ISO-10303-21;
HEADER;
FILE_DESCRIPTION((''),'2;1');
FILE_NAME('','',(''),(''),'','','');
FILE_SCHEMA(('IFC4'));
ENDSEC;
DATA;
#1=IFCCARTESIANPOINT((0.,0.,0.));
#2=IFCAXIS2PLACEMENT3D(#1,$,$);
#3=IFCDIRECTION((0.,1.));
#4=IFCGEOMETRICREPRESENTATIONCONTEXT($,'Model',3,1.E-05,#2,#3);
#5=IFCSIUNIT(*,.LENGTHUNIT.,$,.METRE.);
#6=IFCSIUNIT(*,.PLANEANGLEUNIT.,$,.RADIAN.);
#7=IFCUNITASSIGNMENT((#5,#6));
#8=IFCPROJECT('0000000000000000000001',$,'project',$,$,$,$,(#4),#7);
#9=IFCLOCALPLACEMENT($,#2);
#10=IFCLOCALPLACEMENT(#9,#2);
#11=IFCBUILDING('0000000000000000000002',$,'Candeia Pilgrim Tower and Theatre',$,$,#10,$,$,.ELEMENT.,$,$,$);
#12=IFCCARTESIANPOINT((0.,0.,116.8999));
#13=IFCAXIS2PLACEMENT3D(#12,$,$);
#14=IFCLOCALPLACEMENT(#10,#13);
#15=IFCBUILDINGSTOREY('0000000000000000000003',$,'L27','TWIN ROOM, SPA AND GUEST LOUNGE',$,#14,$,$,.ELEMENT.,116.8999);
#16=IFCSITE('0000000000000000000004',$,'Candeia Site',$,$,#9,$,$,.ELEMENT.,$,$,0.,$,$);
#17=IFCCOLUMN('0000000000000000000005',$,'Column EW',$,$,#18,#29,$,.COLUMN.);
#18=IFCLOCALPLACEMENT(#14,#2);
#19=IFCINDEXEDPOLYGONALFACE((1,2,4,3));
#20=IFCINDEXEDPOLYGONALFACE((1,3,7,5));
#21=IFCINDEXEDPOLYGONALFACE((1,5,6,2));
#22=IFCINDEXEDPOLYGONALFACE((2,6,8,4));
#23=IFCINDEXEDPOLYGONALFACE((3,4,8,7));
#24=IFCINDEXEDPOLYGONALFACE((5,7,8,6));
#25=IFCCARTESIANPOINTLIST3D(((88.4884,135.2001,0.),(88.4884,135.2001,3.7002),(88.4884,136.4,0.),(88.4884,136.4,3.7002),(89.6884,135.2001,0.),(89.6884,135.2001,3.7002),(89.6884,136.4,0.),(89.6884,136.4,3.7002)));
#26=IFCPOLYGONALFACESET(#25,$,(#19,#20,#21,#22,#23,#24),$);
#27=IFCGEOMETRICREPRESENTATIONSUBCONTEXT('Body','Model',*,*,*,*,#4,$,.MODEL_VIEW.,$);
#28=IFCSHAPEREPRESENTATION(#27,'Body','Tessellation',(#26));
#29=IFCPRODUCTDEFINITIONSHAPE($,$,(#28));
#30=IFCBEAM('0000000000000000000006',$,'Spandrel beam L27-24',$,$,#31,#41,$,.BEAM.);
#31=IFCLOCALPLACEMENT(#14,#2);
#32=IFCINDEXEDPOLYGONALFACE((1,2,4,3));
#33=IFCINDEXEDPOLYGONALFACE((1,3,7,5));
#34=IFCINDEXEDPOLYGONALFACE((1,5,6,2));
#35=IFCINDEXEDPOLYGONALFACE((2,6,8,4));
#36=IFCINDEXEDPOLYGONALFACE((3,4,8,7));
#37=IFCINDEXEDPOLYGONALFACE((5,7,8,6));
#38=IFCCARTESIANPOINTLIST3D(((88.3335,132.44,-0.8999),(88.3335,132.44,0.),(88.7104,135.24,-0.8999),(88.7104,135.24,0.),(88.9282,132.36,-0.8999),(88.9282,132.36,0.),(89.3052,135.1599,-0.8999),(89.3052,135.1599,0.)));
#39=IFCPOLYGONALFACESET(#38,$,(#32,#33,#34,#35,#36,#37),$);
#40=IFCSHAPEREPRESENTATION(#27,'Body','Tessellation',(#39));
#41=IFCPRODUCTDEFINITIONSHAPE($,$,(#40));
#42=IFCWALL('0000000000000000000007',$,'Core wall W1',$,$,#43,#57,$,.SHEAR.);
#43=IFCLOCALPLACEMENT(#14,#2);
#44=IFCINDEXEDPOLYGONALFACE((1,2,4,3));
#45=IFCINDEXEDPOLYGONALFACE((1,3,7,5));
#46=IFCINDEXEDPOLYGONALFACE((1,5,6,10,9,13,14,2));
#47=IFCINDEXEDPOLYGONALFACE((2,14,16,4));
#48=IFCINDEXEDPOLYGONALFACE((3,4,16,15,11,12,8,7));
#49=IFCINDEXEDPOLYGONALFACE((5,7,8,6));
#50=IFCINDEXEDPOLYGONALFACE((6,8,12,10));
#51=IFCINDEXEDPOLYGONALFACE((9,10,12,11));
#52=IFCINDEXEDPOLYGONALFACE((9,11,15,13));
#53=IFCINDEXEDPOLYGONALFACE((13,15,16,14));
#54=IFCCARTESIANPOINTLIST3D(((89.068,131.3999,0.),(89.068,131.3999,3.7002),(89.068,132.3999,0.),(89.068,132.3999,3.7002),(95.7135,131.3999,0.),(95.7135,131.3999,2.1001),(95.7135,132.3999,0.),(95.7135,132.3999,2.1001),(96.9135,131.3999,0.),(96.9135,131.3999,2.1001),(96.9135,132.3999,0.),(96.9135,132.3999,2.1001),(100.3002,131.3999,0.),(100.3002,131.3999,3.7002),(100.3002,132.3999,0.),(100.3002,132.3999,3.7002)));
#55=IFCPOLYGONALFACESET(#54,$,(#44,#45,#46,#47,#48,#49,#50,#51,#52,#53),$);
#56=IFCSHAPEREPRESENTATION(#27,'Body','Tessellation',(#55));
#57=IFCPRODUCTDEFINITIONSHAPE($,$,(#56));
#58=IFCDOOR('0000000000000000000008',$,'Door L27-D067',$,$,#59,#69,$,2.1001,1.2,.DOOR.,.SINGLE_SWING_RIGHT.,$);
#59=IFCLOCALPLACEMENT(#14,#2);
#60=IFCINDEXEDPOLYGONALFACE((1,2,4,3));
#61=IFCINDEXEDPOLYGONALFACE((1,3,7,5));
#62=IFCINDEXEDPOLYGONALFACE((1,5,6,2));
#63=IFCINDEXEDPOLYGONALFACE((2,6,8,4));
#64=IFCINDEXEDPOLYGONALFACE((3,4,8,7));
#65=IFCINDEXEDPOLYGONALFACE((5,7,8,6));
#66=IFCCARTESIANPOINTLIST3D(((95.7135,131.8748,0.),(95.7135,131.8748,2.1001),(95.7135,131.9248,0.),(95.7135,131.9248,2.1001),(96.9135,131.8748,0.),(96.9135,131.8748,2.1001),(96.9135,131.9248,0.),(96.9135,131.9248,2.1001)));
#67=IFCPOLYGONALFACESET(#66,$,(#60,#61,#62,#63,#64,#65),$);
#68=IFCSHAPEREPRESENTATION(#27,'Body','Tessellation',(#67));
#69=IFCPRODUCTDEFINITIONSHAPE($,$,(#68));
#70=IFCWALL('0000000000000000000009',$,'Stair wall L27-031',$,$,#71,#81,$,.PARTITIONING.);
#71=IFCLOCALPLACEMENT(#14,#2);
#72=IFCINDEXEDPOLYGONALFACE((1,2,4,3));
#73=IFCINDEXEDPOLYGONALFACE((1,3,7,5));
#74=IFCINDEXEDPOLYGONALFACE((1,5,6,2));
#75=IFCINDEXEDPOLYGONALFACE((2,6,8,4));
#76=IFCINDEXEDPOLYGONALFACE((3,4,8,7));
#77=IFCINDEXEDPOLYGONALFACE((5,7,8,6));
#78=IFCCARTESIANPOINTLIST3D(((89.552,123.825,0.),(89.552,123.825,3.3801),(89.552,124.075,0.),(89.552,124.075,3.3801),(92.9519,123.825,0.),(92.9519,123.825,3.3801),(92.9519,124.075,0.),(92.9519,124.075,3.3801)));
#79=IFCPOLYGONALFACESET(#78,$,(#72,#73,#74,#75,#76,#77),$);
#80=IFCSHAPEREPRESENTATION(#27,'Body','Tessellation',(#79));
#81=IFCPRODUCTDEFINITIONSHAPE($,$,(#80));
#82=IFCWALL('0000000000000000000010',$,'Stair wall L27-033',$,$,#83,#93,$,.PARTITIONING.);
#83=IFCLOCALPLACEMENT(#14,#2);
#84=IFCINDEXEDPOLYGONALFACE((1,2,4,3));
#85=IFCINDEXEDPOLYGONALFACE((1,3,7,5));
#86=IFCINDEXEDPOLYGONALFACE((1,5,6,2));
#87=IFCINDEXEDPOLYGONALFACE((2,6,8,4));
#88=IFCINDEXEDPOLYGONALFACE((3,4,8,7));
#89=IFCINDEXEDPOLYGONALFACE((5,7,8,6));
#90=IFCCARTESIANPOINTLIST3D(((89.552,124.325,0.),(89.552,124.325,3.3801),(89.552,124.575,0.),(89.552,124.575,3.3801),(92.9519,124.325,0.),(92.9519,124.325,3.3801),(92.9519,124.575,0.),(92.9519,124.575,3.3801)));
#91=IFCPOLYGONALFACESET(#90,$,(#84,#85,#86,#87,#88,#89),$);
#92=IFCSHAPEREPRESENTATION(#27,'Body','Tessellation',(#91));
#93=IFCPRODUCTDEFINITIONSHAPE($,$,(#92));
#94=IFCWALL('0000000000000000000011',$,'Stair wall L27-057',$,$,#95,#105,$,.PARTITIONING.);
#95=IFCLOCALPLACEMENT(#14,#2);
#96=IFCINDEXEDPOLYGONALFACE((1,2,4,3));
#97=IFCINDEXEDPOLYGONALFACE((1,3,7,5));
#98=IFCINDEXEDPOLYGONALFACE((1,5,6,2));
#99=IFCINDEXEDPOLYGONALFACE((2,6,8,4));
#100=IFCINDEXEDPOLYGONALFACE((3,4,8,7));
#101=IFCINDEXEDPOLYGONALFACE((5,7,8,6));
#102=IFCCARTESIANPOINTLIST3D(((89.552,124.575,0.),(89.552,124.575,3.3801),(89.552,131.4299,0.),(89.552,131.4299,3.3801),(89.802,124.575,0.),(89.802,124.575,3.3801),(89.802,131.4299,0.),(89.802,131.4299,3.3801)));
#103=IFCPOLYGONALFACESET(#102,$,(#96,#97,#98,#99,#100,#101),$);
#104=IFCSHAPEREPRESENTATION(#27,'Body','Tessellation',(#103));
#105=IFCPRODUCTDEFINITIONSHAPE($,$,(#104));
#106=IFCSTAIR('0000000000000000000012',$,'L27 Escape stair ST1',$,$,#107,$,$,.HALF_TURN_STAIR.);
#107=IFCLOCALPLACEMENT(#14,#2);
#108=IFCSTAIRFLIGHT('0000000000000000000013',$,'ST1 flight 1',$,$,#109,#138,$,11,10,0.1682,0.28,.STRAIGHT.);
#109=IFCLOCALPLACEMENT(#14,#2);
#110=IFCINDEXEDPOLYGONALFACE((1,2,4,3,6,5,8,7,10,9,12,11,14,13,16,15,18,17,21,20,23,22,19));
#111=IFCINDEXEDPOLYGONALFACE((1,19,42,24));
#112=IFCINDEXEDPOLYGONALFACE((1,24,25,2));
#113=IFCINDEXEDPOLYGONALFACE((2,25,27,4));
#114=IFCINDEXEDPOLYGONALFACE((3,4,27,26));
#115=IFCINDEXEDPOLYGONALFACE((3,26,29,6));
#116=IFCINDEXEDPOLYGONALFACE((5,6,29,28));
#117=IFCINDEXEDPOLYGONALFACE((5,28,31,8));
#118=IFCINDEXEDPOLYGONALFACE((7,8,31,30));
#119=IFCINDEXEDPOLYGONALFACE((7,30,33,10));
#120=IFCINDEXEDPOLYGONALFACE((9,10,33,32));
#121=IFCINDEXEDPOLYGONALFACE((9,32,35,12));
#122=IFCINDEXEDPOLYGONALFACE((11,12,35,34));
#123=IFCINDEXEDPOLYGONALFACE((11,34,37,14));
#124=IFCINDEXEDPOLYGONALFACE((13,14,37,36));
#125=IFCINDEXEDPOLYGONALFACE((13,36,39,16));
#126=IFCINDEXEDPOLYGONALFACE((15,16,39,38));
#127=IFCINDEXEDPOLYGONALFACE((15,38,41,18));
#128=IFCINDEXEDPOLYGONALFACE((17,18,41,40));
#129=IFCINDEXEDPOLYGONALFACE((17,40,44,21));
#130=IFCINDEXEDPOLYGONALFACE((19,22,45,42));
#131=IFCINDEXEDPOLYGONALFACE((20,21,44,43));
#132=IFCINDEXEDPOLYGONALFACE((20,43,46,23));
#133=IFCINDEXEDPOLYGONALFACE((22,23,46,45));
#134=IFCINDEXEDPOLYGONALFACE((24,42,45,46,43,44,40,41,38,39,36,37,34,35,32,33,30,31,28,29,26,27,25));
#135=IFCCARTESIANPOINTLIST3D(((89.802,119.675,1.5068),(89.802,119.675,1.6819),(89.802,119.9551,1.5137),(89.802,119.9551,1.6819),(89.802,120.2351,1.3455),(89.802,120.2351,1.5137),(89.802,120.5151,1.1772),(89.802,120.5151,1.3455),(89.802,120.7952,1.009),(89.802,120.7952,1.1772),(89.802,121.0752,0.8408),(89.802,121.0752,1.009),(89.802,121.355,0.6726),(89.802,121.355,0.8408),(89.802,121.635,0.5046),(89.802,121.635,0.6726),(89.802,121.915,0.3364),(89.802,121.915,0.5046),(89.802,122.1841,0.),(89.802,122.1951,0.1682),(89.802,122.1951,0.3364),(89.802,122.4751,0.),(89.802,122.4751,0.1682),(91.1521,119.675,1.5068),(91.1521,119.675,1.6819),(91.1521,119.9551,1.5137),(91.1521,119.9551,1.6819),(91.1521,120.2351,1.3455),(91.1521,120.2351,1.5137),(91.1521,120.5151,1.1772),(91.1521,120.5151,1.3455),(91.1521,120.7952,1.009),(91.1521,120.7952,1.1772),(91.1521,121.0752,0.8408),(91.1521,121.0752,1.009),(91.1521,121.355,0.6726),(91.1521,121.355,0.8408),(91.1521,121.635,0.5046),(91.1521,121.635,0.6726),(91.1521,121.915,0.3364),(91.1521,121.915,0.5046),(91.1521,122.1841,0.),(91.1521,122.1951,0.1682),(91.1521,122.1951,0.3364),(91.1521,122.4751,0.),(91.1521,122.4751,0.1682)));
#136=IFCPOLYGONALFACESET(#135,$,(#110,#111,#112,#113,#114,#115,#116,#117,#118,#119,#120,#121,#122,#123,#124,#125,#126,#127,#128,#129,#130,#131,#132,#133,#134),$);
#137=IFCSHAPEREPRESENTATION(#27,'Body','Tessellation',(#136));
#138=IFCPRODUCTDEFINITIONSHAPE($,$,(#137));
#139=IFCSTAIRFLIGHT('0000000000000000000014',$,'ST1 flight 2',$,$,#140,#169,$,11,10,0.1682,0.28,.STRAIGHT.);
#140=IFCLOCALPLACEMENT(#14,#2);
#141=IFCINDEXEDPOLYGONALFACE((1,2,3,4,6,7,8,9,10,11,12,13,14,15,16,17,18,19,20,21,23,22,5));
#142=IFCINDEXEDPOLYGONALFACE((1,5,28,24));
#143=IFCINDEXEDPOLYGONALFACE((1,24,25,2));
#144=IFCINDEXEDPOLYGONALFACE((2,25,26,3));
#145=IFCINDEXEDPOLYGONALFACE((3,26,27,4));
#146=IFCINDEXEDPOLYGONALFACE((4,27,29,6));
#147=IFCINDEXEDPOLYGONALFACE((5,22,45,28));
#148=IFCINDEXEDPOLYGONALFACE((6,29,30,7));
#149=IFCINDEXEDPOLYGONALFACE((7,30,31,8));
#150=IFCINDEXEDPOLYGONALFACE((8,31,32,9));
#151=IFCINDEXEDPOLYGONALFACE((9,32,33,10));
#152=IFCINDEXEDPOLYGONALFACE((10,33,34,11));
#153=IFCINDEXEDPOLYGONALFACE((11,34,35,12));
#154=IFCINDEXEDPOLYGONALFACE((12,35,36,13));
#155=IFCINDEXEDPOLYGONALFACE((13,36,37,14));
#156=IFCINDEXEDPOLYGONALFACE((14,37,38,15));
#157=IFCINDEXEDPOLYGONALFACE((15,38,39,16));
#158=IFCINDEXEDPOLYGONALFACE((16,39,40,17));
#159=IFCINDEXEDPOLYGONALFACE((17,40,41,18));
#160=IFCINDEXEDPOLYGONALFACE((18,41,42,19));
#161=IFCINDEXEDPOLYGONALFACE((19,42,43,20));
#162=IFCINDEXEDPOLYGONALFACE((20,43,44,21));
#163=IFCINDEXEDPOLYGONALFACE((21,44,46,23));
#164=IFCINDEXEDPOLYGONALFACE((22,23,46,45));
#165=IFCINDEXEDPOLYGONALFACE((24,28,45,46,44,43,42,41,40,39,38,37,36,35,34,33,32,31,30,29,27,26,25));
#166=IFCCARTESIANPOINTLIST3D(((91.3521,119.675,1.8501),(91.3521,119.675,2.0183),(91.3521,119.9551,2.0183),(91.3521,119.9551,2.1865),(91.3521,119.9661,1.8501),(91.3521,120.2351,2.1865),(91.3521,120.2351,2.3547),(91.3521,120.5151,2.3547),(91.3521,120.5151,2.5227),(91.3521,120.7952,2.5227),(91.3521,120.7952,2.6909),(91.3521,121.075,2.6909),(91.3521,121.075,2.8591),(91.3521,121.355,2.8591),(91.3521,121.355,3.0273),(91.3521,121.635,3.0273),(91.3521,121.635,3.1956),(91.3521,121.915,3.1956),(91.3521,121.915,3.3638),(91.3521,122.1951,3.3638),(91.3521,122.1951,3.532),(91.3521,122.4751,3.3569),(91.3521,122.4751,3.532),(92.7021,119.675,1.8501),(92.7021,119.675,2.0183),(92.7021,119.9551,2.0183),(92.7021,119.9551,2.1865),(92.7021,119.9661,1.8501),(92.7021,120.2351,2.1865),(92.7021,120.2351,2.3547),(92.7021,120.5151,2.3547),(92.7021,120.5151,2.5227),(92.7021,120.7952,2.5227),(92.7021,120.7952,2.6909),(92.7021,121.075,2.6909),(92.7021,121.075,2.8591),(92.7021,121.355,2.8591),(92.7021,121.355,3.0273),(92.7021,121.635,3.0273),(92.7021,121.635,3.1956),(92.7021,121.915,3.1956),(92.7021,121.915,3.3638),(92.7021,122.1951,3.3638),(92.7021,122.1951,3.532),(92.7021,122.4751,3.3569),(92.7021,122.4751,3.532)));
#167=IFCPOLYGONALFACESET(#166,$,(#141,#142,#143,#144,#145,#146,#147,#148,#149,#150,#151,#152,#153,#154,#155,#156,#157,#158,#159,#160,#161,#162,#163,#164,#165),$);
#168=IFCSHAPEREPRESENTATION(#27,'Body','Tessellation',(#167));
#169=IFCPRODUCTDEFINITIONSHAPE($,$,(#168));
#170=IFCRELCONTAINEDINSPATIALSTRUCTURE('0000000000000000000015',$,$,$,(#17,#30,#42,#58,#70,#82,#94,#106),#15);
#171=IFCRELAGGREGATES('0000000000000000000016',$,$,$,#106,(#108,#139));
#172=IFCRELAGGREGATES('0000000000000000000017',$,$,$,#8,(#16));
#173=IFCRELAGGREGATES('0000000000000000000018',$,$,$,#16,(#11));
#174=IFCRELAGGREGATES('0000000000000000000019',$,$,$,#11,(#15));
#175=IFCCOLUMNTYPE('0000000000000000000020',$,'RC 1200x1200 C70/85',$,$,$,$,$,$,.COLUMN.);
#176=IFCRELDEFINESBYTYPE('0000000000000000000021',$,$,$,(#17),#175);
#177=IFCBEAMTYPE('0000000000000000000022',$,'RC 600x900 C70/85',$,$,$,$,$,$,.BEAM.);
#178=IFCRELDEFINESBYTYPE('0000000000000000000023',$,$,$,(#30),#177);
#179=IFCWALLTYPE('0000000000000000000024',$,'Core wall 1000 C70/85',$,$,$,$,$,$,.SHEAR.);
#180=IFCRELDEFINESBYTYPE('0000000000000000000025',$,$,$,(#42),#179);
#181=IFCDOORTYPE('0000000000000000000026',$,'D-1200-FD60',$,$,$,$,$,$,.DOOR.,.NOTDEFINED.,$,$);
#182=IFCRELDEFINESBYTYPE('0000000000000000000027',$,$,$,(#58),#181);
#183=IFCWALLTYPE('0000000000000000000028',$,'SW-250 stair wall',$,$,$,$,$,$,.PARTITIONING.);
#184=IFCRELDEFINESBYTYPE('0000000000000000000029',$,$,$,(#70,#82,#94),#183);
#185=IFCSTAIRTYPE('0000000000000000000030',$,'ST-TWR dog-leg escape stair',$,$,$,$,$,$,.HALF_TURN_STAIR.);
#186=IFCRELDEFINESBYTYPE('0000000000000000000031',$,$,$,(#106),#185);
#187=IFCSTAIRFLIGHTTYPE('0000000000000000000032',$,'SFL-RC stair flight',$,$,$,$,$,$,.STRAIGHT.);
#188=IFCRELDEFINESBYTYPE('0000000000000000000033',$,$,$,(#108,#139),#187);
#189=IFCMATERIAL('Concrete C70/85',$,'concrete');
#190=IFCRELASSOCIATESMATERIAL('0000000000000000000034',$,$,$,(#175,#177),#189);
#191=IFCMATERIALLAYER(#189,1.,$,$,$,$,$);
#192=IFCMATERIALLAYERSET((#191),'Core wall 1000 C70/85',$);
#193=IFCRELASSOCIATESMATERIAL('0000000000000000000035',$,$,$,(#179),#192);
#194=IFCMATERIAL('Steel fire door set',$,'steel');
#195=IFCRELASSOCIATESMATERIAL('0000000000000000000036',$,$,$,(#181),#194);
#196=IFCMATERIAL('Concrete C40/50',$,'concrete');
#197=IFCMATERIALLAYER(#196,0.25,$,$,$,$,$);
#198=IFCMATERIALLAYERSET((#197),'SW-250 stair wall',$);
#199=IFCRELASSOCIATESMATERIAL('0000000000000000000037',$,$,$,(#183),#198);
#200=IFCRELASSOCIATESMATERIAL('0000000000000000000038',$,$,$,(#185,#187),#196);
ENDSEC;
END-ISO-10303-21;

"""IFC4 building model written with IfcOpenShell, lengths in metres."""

from ifc_helpers import new_model, si_unit, direction, frame, frame_2d, origin, origin_2d, place, context, subcontext, project, spatial, polyline, rectangle, outline, extrude, material, layer, layer_set, material_profile, profile_set, type_object, element, fill, aggregate, save


model = new_model("IFC4")

# Units and contexts
model_context = context("Model", 3, precision=1e-05, world=origin(), true_north=direction((0.0, 1.0)))
body_context = subcontext(model_context, "Body", "Model", "MODEL_VIEW")
ifc_project = project(units=[si_unit("LENGTHUNIT", "METRE"), si_unit("PLANEANGLEUNIT", "RADIAN")], contexts=[model_context])

# Site, building, storey
site_placement = place(None, origin())
site = spatial("IfcSite", under=ifc_project, at=site_placement, Name="Candeia Site", CompositionType="ELEMENT", RefElevation=0.0)
building_placement = place(site_placement, origin())
building = spatial("IfcBuilding", under=site, at=building_placement, Name="Candeia Pilgrim Tower and Theatre", CompositionType="ELEMENT")
storey_placement = place(building_placement, frame((0.0, 0.0, 116.8999)))
storey = spatial("IfcBuildingStorey", under=building, at=storey_placement, Name="L27", Description="TWIN ROOM, SPA AND GUEST LOUNGE", CompositionType="ELEMENT", Elevation=116.8999)

# Column
ifc_material_1 = material(Name="Concrete C70/85", Category="concrete")
ifc_material_profile_1 = material_profile(ifc_material_1, rectangle(XDim=1.2, YDim=1.2, at=origin_2d()))
ifc_profile_set_1 = profile_set([ifc_material_profile_1], Name="Concrete C70/85")
column_type = type_object("IfcColumnType", Name="RC 1200x1200 C70/85", PredefinedType="COLUMN", material=ifc_profile_set_1)
column_placement = place(storey_placement, frame((89.0884, 135.8, 0.0), z_axis=(0.0, 0.0, 1.0), x_axis=(1.0, 0.0, 0.0)))
element("IfcColumn", 1, at=column_placement, inside=storey, type_object=column_type, Name="Column EW", PredefinedType="COLUMN", context=body_context, shape_type="SweptSolid", body=[
    extrude(rectangle(XDim=1.2, YDim=1.2, at=origin_2d()), origin(), (0.0, 0.0, 1.0), 3.7002),
])

# Beam
ifc_material_profile_2 = material_profile(ifc_material_1, rectangle(XDim=0.6001, YDim=0.8999, at=origin_2d()))
ifc_profile_set_2 = profile_set([ifc_material_profile_2], Name="Concrete C70/85")
beam_type = type_object("IfcBeamType", Name="RC 600x900 C70/85", PredefinedType="BEAM", material=ifc_profile_set_2)
beam_placement = place(storey_placement, frame((89.0078, 135.2, -0.45), z_axis=(-0.13342, -0.99106, 0.0), x_axis=(0.99106, -0.13342, 0.0)))
element("IfcBeam", 2, at=beam_placement, inside=storey, type_object=beam_type, Name="Spandrel beam L27-24", PredefinedType="BEAM", context=body_context, shape_type="SweptSolid", body=[
    extrude(rectangle(XDim=0.6001, YDim=0.8999, at=origin_2d()), origin(), (0.0, 0.0, 1.0), 2.8252),
])

# Wall, opening, door
ifc_layer_1 = layer(ifc_material_1, 1.0)
ifc_layer_set_1 = layer_set([ifc_layer_1], Name="Core wall 1000 C70/85")
wall_type_1 = type_object("IfcWallType", Name="Core wall 1000 C70/85", PredefinedType="SHEAR", material=ifc_layer_set_1)
wall_1_placement = place(storey_placement, frame((89.0679, 131.8999, 0.0), z_axis=(0.0, 0.0, 1.0), x_axis=(1.0, 0.0, 0.0)))
wall_1 = element("IfcWall", 3, at=wall_1_placement, inside=storey, type_object=wall_type_1, Name="Core wall W1", PredefinedType="SHEAR", context=body_context, shape_type="SweptSolid", body=[
    extrude(rectangle(XDim=11.2322, YDim=1.0, at=frame_2d((5.6162, 0.0))), origin(), (0.0, 0.0, 1.0), 3.7002),
])
opening_placement = place(wall_1_placement, frame((6.6455, 0.0, 0.0)))
opening = element("IfcOpeningElement", 4, at=opening_placement, cuts=wall_1, PredefinedType="OPENING", context=body_context, shape_type="SweptSolid", body=[
    extrude(rectangle(XDim=1.2, YDim=2.1001, at=frame_2d((0.6001, 1.05))), frame((0.0, 0.51, 0.0), z_axis=(0.0, -1.0, 0.0), x_axis=(1.0, 0.0, 0.0)), (0.0, 0.0, 1.0), 1.02),
])
ifc_material_2 = material(Name="Steel fire door set", Category="steel")
door_type = type_object("IfcDoorType", Name="D-1200-FD60", OperationType="NOTDEFINED", PredefinedType="DOOR", material=ifc_material_2)
door_placement = place(opening_placement, origin())
door = element("IfcDoor", 5, at=door_placement, inside=storey, type_object=door_type, Name="Door L27-D067", OperationType="SINGLE_SWING_RIGHT", OverallHeight=2.1001, OverallWidth=1.2, PredefinedType="DOOR", context=body_context, shape_type="SweptSolid", body=[
    extrude(rectangle(XDim=1.2, YDim=2.1001, at=frame_2d((0.6001, 1.05))), frame((0.0, 0.0249, 0.0), z_axis=(0.0, -1.0, 0.0), x_axis=(1.0, 0.0, 0.0)), (0.0, 0.0, 1.0), 0.05),
])
fill(opening, door)

# Walls
ifc_material_3 = material(Name="Concrete C40/50", Category="concrete")
ifc_layer_2 = layer(ifc_material_3, 0.25)
ifc_layer_set_2 = layer_set([ifc_layer_2], Name="SW-250 stair wall")
wall_type_2 = type_object("IfcWallType", Name="SW-250 stair wall", PredefinedType="PARTITIONING", material=ifc_layer_set_2)
for number, where, z_axis, x_axis, name in (
    (6, (89.552, 123.95, 0.0), (0.0, 0.0, 1.0), (1.0, 0.0, 0.0), "Stair wall L27-031"),
    (7, (89.552, 124.45, 0.0), (0.0, 0.0, 1.0), (1.0, 0.0, 0.0), "Stair wall L27-033"),
):
    element("IfcWall", number, at=place(storey_placement, frame(where, z_axis=z_axis, x_axis=x_axis)), inside=storey, type_object=wall_type_2, Name=name, PredefinedType="PARTITIONING", context=body_context, shape_type="SweptSolid", body=[
        extrude(rectangle(XDim=3.3999, YDim=0.25, at=frame_2d((1.7, 0.0))), origin(), (0.0, 0.0, 1.0), 3.3801),
    ])
wall_2_placement = place(storey_placement, frame((89.677, 124.575, 0.0), z_axis=(0.0, 0.0, 1.0), x_axis=(0.0, 1.0, 0.0)))
element("IfcWall", 8, at=wall_2_placement, inside=storey, type_object=wall_type_2, Name="Stair wall L27-057", PredefinedType="PARTITIONING", context=body_context, shape_type="SweptSolid", body=[
    extrude(rectangle(XDim=6.855, YDim=0.25, at=frame_2d((3.4275, 0.0))), origin(), (0.0, 0.0, 1.0), 3.3801),
])

# Stair, stair flights
stair_type = type_object("IfcStairType", Name="ST-TWR dog-leg escape stair", PredefinedType="HALF_TURN_STAIR", material=ifc_material_3)
stair_1_placement = place(storey_placement, origin())
stair_1 = element("IfcStair", 9, at=stair_1_placement, inside=storey, type_object=stair_type, Name="L27 Escape stair ST1", PredefinedType="HALF_TURN_STAIR")
stair_flight_type = type_object("IfcStairFlightType", Name="SFL-RC stair flight", PredefinedType="STRAIGHT", material=ifc_material_3)
stair_flight_1_placement = place(storey_placement, frame((90.4771, 122.4751, 0.0), z_axis=(0.0, 0.0, 1.0), x_axis=(0.0, -1.0, 0.0)))
stair_flight_1 = element("IfcStairFlight", 10, at=stair_flight_1_placement, type_object=stair_flight_type, Name="ST1 flight 1", NumberOfRisers=11, NumberOfTreads=10, PredefinedType="STRAIGHT", RiserHeight=0.1682, TreadLength=0.28, context=body_context, shape_type="SweptSolid", body=[
    extrude(outline(polyline([(0.0, 0.0), (0.0, 0.1682), (0.28, 0.1682), (0.28, 0.3364), (0.5601, 0.3364), (0.5601, 0.5046), (0.8401, 0.5046), (0.8401, 0.6726), (1.1201, 0.6726), (1.1201, 0.8408), (1.3999, 0.8408), (1.3999, 1.009), (1.6799, 1.009), (1.6799, 1.1772), (1.96, 1.1772), (1.96, 1.3455), (2.24, 1.3455), (2.24, 1.5137), (2.52, 1.5137), (2.52, 1.6819), (2.8, 1.6819), (2.8, 1.8501), (2.8, 1.5068), (0.291, 0.0), (0.0, 0.0)])), frame((0.0, 0.675, 0.0), z_axis=(0.0, -1.0, 0.0), x_axis=(1.0, 0.0, 0.0)), (0.0, 0.0, 1.0), 1.3501),
])
stair_flight_2_placement = place(storey_placement, frame((92.0271, 119.675, 1.8501), z_axis=(0.0, 0.0, 1.0), x_axis=(0.0, 1.0, 0.0)))
stair_flight_2 = element("IfcStairFlight", 11, at=stair_flight_2_placement, type_object=stair_flight_type, Name="ST1 flight 2", NumberOfRisers=11, NumberOfTreads=10, PredefinedType="STRAIGHT", RiserHeight=0.1682, TreadLength=0.28, context=body_context, shape_type="SweptSolid", body=[
    extrude(outline(polyline([(0.0, 0.0), (0.0, 0.1682), (0.28, 0.1682), (0.28, 0.3364), (0.5601, 0.3364), (0.5601, 0.5046), (0.8401, 0.5046), (0.8401, 0.6726), (1.1201, 0.6726), (1.1201, 0.8408), (1.3999, 0.8408), (1.3999, 1.009), (1.6799, 1.009), (1.6799, 1.1772), (1.96, 1.1772), (1.96, 1.3455), (2.24, 1.3455), (2.24, 1.5137), (2.52, 1.5137), (2.52, 1.6819), (2.8, 1.6819), (2.8, 1.8501), (2.8, 1.5068), (0.291, 0.0), (0.0, 0.0)])), frame((0.0, 0.675, 0.0), z_axis=(0.0, -1.0, 0.0), x_axis=(1.0, 0.0, 0.0)), (0.0, 0.0, 1.0), 1.3501),
])
aggregate(stair_1, [stair_flight_1, stair_flight_2])

save(model, "model.ifc")
